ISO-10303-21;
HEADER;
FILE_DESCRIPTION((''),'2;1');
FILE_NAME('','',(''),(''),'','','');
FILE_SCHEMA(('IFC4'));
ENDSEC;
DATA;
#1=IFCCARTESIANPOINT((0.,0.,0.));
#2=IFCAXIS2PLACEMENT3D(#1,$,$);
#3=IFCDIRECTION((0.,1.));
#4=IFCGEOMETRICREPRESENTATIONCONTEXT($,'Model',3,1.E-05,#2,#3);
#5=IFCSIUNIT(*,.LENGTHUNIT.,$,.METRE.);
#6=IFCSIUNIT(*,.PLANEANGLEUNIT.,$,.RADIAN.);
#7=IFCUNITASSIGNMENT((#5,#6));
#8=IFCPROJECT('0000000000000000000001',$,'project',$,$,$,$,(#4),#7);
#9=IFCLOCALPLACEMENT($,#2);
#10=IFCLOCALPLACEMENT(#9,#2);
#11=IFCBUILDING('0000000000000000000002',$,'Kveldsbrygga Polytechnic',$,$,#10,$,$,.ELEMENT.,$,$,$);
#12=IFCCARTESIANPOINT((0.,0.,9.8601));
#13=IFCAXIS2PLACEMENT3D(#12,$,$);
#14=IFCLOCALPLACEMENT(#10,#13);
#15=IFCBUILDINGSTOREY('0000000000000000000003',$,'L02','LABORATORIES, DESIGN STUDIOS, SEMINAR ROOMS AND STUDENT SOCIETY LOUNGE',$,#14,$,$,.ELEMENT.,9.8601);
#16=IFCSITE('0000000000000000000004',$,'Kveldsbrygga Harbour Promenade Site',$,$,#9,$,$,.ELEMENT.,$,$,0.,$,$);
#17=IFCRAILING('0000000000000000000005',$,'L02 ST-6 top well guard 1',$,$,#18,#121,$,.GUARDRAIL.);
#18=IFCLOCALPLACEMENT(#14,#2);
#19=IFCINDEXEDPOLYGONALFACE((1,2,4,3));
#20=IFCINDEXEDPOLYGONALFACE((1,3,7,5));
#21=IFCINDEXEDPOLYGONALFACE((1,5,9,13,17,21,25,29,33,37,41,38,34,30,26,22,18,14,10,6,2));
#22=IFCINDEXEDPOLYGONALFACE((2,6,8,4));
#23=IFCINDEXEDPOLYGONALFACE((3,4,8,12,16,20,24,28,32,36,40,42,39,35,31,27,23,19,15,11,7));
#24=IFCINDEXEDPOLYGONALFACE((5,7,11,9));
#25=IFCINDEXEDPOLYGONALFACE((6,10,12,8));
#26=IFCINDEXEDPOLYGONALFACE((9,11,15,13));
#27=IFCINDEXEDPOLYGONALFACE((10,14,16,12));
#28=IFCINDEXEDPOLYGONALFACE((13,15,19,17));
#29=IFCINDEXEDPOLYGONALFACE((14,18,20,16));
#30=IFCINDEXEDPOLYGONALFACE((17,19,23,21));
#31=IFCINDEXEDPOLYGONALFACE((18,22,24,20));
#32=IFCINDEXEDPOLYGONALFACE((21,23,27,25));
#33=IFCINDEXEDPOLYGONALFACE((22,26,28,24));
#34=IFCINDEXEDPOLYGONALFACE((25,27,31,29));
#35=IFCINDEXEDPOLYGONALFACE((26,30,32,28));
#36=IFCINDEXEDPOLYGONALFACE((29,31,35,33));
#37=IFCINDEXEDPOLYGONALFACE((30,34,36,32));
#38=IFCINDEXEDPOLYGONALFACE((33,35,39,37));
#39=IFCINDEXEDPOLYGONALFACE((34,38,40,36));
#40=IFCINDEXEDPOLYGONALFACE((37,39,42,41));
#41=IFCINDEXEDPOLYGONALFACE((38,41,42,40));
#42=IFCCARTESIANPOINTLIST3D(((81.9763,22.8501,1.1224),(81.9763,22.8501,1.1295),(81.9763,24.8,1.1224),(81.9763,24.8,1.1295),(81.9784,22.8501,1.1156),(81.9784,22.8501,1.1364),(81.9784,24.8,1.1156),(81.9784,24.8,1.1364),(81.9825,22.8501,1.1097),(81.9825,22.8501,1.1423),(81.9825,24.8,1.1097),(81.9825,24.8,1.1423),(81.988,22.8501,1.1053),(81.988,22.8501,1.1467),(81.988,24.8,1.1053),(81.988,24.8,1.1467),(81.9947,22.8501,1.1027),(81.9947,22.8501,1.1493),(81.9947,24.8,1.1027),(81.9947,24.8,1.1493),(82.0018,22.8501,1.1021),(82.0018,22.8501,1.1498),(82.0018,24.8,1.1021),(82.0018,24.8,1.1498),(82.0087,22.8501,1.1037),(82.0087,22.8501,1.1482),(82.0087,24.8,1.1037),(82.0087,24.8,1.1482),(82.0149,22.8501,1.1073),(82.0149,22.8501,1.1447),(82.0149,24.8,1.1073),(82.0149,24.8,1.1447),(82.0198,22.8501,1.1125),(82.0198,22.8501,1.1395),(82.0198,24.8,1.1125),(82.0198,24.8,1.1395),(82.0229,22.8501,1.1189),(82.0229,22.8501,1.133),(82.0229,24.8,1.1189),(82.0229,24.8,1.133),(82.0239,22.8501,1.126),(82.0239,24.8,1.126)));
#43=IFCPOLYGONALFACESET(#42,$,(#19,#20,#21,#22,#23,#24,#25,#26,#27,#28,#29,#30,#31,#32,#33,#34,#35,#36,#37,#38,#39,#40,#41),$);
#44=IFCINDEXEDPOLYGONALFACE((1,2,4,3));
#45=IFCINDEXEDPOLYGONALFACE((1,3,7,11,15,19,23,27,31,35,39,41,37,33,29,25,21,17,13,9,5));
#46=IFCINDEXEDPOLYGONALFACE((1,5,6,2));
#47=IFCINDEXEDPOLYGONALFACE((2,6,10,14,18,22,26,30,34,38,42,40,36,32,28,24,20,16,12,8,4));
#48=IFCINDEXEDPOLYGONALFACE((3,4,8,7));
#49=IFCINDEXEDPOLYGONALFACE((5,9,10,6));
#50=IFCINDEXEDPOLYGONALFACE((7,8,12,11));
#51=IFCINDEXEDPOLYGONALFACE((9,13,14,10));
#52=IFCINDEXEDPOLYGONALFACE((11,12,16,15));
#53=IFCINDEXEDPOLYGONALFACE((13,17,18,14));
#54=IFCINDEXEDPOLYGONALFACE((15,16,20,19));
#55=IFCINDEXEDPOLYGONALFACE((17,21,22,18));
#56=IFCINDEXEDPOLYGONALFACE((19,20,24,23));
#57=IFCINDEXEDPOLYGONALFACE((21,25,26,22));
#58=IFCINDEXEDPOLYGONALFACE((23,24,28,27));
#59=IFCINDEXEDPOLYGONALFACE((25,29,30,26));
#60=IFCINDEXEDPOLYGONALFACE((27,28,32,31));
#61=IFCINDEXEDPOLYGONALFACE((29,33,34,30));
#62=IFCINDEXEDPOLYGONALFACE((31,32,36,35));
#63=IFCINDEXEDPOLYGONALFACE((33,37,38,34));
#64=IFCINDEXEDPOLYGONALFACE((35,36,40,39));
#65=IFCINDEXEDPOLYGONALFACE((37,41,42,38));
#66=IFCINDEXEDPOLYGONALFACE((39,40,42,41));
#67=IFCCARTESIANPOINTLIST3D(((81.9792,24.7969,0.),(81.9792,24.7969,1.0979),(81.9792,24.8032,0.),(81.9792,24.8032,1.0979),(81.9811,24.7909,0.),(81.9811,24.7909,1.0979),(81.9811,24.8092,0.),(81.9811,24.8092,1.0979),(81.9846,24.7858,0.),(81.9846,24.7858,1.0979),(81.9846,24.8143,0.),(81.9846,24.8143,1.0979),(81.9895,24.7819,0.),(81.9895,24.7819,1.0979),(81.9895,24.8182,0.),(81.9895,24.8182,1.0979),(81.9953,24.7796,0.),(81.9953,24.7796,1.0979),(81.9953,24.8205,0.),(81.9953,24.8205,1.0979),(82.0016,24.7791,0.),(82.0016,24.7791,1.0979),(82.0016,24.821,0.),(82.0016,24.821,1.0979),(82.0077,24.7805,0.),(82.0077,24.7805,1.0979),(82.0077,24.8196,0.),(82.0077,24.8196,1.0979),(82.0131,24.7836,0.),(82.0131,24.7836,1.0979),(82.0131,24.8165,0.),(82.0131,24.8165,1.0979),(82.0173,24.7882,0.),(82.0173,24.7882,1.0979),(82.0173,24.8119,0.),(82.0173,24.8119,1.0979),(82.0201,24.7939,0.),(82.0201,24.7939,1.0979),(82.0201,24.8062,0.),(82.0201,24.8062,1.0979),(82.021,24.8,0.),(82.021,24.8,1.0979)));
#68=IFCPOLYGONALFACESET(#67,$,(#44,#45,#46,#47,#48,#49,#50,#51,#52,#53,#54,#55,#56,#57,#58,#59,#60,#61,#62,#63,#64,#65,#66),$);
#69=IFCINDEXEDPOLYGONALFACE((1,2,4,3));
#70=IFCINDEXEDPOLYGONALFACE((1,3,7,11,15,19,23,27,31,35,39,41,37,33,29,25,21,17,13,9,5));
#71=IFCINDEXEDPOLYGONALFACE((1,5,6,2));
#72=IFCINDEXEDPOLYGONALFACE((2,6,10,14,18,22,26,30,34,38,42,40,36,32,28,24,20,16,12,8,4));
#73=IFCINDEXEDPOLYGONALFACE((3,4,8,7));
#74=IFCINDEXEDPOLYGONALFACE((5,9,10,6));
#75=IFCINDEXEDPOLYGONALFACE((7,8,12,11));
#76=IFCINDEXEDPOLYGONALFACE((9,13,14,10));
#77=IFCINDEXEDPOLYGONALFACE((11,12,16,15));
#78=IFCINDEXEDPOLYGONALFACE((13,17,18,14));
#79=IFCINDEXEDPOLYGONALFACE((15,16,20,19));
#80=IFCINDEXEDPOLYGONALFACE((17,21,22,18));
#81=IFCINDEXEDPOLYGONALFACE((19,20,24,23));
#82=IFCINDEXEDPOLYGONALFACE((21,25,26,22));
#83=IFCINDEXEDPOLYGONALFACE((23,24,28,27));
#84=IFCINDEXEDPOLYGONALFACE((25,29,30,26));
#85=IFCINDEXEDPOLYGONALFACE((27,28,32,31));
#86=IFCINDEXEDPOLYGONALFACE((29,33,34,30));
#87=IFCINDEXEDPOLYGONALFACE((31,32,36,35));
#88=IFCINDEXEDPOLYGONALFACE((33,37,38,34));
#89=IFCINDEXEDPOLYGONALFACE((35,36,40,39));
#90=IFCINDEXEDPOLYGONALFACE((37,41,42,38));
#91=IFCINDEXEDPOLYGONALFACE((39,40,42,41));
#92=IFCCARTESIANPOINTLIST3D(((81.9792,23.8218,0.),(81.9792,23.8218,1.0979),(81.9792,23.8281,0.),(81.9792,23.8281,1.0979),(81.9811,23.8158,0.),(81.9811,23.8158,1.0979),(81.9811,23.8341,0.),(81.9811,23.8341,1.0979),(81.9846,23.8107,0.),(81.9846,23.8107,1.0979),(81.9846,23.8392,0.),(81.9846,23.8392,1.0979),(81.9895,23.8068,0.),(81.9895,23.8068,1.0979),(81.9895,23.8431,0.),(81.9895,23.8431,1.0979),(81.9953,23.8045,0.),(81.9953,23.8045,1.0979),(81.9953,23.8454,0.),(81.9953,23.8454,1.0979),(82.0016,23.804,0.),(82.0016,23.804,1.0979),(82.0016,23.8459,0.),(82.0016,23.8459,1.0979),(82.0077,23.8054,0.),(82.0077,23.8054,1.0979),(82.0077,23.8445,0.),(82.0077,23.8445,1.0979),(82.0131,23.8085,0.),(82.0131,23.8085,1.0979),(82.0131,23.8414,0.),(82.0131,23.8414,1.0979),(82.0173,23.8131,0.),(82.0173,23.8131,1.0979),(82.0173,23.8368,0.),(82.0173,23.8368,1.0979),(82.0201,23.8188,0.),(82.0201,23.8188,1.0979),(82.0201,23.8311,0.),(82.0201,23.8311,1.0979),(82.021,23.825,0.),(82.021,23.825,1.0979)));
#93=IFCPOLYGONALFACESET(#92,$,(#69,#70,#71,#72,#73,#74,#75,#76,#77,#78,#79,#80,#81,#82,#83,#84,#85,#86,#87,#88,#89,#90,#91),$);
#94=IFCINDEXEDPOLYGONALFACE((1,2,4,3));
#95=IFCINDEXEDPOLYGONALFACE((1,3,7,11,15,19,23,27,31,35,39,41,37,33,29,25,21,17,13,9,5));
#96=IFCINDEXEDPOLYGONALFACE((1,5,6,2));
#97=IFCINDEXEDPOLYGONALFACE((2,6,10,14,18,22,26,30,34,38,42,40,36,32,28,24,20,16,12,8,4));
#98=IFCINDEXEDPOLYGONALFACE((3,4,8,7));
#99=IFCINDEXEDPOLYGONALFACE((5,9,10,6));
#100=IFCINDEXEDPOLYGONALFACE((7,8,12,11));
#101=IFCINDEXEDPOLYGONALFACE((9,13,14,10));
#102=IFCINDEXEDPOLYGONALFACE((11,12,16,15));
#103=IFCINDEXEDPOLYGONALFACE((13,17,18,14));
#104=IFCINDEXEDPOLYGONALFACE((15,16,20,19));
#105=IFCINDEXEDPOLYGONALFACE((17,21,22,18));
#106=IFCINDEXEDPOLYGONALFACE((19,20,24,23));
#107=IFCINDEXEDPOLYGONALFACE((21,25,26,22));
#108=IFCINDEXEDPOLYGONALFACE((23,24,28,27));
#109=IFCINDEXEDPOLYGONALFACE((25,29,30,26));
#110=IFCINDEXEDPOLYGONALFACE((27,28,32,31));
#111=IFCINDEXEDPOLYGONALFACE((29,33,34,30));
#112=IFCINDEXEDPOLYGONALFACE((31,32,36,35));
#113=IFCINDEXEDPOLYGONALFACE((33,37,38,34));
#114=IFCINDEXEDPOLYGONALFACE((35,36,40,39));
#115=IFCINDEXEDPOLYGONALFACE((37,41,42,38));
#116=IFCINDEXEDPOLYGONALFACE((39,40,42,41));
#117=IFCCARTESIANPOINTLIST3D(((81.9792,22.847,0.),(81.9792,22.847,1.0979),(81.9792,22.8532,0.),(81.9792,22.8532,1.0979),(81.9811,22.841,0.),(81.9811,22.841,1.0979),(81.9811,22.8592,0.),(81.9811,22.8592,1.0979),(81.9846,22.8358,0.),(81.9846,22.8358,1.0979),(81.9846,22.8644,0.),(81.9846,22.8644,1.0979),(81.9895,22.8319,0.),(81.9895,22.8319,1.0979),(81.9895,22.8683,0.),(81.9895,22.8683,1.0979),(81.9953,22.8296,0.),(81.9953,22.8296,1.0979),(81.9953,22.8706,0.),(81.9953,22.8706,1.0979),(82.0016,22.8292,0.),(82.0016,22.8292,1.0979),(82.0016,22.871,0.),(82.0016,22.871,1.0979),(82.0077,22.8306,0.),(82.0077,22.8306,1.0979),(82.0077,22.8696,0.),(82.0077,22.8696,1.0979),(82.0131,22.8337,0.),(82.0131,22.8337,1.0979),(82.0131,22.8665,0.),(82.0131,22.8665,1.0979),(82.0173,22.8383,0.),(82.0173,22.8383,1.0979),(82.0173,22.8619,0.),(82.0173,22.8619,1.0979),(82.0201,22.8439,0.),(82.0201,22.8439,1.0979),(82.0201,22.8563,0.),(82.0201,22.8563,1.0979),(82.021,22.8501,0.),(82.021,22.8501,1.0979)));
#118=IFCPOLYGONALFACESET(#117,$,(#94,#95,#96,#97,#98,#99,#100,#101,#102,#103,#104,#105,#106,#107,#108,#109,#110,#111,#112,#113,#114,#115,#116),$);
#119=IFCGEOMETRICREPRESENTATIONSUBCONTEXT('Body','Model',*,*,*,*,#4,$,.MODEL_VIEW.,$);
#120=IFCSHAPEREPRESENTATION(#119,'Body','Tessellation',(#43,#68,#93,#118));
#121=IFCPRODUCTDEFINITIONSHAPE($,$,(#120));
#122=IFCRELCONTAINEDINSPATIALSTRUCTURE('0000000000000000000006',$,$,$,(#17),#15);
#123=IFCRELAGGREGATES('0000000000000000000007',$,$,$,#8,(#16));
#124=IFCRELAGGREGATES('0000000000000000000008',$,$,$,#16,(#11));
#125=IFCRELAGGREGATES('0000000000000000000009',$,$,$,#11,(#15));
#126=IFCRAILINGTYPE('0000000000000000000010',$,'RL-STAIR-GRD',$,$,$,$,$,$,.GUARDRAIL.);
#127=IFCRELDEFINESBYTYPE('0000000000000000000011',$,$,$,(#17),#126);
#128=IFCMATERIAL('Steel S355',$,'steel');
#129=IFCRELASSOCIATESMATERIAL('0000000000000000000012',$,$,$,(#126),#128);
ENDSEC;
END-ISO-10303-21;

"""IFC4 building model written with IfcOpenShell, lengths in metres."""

from ifc_helpers import new_model, si_unit, direction, frame, origin, origin_2d, place, context, subcontext, project, spatial, circle, extrude, material, type_object, element, save


model = new_model("IFC4")

# Units and contexts
model_context = context("Model", 3, precision=1e-05, world=origin(), true_north=direction((0.0, 1.0)))
body_context = subcontext(model_context, "Body", "Model", "MODEL_VIEW")
ifc_project = project(units=[si_unit("LENGTHUNIT", "METRE"), si_unit("PLANEANGLEUNIT", "RADIAN")], contexts=[model_context])

# Site, building, storey
site_placement = place(None, origin())
site = spatial("IfcSite", under=ifc_project, at=site_placement, Name="Kveldsbrygga Harbour Promenade Site", CompositionType="ELEMENT", RefElevation=0.0)
building_placement = place(site_placement, origin())
building = spatial("IfcBuilding", under=site, at=building_placement, Name="Kveldsbrygga Polytechnic", CompositionType="ELEMENT")
storey_placement = place(building_placement, frame((0.0, 0.0, 9.8601)))
storey = spatial("IfcBuildingStorey", under=building, at=storey_placement, Name="L02", Description="LABORATORIES, DESIGN STUDIOS, SEMINAR ROOMS AND STUDENT SOCIETY LOUNGE", CompositionType="ELEMENT", Elevation=9.8601)

# Railing
ifc_material_1 = material(Name="Steel S355", Category="steel")
railing_type = type_object("IfcRailingType", Name="RL-STAIR-GRD", PredefinedType="GUARDRAIL", material=ifc_material_1)
railing_placement = place(storey_placement, frame((82.0, 24.8, 0.0)))
element("IfcRailing", 1, at=railing_placement, inside=storey, type_object=railing_type, Name="L02 ST-6 top well guard 1", PredefinedType="GUARDRAIL", context=body_context, shape_type="SweptSolid", body=[
    extrude(circle(Radius=0.0239, at=origin_2d()), frame((0.0, 0.0, 1.126), z_axis=(0.0, -1.0, 0.0), x_axis=(1.0, 0.0, 0.0)), (0.0, 0.0, 1.0), 1.95),
    extrude(circle(Radius=0.021, at=origin_2d()), origin(), (0.0, 0.0, 1.0), 1.0979),
    extrude(circle(Radius=0.021, at=origin_2d()), frame((0.0, -0.9751, 0.0)), (0.0, 0.0, 1.0), 1.0979),
    extrude(circle(Radius=0.021, at=origin_2d()), frame((0.0, -1.95, 0.0)), (0.0, 0.0, 1.0), 1.0979),
])

save(model, "model.ifc")
